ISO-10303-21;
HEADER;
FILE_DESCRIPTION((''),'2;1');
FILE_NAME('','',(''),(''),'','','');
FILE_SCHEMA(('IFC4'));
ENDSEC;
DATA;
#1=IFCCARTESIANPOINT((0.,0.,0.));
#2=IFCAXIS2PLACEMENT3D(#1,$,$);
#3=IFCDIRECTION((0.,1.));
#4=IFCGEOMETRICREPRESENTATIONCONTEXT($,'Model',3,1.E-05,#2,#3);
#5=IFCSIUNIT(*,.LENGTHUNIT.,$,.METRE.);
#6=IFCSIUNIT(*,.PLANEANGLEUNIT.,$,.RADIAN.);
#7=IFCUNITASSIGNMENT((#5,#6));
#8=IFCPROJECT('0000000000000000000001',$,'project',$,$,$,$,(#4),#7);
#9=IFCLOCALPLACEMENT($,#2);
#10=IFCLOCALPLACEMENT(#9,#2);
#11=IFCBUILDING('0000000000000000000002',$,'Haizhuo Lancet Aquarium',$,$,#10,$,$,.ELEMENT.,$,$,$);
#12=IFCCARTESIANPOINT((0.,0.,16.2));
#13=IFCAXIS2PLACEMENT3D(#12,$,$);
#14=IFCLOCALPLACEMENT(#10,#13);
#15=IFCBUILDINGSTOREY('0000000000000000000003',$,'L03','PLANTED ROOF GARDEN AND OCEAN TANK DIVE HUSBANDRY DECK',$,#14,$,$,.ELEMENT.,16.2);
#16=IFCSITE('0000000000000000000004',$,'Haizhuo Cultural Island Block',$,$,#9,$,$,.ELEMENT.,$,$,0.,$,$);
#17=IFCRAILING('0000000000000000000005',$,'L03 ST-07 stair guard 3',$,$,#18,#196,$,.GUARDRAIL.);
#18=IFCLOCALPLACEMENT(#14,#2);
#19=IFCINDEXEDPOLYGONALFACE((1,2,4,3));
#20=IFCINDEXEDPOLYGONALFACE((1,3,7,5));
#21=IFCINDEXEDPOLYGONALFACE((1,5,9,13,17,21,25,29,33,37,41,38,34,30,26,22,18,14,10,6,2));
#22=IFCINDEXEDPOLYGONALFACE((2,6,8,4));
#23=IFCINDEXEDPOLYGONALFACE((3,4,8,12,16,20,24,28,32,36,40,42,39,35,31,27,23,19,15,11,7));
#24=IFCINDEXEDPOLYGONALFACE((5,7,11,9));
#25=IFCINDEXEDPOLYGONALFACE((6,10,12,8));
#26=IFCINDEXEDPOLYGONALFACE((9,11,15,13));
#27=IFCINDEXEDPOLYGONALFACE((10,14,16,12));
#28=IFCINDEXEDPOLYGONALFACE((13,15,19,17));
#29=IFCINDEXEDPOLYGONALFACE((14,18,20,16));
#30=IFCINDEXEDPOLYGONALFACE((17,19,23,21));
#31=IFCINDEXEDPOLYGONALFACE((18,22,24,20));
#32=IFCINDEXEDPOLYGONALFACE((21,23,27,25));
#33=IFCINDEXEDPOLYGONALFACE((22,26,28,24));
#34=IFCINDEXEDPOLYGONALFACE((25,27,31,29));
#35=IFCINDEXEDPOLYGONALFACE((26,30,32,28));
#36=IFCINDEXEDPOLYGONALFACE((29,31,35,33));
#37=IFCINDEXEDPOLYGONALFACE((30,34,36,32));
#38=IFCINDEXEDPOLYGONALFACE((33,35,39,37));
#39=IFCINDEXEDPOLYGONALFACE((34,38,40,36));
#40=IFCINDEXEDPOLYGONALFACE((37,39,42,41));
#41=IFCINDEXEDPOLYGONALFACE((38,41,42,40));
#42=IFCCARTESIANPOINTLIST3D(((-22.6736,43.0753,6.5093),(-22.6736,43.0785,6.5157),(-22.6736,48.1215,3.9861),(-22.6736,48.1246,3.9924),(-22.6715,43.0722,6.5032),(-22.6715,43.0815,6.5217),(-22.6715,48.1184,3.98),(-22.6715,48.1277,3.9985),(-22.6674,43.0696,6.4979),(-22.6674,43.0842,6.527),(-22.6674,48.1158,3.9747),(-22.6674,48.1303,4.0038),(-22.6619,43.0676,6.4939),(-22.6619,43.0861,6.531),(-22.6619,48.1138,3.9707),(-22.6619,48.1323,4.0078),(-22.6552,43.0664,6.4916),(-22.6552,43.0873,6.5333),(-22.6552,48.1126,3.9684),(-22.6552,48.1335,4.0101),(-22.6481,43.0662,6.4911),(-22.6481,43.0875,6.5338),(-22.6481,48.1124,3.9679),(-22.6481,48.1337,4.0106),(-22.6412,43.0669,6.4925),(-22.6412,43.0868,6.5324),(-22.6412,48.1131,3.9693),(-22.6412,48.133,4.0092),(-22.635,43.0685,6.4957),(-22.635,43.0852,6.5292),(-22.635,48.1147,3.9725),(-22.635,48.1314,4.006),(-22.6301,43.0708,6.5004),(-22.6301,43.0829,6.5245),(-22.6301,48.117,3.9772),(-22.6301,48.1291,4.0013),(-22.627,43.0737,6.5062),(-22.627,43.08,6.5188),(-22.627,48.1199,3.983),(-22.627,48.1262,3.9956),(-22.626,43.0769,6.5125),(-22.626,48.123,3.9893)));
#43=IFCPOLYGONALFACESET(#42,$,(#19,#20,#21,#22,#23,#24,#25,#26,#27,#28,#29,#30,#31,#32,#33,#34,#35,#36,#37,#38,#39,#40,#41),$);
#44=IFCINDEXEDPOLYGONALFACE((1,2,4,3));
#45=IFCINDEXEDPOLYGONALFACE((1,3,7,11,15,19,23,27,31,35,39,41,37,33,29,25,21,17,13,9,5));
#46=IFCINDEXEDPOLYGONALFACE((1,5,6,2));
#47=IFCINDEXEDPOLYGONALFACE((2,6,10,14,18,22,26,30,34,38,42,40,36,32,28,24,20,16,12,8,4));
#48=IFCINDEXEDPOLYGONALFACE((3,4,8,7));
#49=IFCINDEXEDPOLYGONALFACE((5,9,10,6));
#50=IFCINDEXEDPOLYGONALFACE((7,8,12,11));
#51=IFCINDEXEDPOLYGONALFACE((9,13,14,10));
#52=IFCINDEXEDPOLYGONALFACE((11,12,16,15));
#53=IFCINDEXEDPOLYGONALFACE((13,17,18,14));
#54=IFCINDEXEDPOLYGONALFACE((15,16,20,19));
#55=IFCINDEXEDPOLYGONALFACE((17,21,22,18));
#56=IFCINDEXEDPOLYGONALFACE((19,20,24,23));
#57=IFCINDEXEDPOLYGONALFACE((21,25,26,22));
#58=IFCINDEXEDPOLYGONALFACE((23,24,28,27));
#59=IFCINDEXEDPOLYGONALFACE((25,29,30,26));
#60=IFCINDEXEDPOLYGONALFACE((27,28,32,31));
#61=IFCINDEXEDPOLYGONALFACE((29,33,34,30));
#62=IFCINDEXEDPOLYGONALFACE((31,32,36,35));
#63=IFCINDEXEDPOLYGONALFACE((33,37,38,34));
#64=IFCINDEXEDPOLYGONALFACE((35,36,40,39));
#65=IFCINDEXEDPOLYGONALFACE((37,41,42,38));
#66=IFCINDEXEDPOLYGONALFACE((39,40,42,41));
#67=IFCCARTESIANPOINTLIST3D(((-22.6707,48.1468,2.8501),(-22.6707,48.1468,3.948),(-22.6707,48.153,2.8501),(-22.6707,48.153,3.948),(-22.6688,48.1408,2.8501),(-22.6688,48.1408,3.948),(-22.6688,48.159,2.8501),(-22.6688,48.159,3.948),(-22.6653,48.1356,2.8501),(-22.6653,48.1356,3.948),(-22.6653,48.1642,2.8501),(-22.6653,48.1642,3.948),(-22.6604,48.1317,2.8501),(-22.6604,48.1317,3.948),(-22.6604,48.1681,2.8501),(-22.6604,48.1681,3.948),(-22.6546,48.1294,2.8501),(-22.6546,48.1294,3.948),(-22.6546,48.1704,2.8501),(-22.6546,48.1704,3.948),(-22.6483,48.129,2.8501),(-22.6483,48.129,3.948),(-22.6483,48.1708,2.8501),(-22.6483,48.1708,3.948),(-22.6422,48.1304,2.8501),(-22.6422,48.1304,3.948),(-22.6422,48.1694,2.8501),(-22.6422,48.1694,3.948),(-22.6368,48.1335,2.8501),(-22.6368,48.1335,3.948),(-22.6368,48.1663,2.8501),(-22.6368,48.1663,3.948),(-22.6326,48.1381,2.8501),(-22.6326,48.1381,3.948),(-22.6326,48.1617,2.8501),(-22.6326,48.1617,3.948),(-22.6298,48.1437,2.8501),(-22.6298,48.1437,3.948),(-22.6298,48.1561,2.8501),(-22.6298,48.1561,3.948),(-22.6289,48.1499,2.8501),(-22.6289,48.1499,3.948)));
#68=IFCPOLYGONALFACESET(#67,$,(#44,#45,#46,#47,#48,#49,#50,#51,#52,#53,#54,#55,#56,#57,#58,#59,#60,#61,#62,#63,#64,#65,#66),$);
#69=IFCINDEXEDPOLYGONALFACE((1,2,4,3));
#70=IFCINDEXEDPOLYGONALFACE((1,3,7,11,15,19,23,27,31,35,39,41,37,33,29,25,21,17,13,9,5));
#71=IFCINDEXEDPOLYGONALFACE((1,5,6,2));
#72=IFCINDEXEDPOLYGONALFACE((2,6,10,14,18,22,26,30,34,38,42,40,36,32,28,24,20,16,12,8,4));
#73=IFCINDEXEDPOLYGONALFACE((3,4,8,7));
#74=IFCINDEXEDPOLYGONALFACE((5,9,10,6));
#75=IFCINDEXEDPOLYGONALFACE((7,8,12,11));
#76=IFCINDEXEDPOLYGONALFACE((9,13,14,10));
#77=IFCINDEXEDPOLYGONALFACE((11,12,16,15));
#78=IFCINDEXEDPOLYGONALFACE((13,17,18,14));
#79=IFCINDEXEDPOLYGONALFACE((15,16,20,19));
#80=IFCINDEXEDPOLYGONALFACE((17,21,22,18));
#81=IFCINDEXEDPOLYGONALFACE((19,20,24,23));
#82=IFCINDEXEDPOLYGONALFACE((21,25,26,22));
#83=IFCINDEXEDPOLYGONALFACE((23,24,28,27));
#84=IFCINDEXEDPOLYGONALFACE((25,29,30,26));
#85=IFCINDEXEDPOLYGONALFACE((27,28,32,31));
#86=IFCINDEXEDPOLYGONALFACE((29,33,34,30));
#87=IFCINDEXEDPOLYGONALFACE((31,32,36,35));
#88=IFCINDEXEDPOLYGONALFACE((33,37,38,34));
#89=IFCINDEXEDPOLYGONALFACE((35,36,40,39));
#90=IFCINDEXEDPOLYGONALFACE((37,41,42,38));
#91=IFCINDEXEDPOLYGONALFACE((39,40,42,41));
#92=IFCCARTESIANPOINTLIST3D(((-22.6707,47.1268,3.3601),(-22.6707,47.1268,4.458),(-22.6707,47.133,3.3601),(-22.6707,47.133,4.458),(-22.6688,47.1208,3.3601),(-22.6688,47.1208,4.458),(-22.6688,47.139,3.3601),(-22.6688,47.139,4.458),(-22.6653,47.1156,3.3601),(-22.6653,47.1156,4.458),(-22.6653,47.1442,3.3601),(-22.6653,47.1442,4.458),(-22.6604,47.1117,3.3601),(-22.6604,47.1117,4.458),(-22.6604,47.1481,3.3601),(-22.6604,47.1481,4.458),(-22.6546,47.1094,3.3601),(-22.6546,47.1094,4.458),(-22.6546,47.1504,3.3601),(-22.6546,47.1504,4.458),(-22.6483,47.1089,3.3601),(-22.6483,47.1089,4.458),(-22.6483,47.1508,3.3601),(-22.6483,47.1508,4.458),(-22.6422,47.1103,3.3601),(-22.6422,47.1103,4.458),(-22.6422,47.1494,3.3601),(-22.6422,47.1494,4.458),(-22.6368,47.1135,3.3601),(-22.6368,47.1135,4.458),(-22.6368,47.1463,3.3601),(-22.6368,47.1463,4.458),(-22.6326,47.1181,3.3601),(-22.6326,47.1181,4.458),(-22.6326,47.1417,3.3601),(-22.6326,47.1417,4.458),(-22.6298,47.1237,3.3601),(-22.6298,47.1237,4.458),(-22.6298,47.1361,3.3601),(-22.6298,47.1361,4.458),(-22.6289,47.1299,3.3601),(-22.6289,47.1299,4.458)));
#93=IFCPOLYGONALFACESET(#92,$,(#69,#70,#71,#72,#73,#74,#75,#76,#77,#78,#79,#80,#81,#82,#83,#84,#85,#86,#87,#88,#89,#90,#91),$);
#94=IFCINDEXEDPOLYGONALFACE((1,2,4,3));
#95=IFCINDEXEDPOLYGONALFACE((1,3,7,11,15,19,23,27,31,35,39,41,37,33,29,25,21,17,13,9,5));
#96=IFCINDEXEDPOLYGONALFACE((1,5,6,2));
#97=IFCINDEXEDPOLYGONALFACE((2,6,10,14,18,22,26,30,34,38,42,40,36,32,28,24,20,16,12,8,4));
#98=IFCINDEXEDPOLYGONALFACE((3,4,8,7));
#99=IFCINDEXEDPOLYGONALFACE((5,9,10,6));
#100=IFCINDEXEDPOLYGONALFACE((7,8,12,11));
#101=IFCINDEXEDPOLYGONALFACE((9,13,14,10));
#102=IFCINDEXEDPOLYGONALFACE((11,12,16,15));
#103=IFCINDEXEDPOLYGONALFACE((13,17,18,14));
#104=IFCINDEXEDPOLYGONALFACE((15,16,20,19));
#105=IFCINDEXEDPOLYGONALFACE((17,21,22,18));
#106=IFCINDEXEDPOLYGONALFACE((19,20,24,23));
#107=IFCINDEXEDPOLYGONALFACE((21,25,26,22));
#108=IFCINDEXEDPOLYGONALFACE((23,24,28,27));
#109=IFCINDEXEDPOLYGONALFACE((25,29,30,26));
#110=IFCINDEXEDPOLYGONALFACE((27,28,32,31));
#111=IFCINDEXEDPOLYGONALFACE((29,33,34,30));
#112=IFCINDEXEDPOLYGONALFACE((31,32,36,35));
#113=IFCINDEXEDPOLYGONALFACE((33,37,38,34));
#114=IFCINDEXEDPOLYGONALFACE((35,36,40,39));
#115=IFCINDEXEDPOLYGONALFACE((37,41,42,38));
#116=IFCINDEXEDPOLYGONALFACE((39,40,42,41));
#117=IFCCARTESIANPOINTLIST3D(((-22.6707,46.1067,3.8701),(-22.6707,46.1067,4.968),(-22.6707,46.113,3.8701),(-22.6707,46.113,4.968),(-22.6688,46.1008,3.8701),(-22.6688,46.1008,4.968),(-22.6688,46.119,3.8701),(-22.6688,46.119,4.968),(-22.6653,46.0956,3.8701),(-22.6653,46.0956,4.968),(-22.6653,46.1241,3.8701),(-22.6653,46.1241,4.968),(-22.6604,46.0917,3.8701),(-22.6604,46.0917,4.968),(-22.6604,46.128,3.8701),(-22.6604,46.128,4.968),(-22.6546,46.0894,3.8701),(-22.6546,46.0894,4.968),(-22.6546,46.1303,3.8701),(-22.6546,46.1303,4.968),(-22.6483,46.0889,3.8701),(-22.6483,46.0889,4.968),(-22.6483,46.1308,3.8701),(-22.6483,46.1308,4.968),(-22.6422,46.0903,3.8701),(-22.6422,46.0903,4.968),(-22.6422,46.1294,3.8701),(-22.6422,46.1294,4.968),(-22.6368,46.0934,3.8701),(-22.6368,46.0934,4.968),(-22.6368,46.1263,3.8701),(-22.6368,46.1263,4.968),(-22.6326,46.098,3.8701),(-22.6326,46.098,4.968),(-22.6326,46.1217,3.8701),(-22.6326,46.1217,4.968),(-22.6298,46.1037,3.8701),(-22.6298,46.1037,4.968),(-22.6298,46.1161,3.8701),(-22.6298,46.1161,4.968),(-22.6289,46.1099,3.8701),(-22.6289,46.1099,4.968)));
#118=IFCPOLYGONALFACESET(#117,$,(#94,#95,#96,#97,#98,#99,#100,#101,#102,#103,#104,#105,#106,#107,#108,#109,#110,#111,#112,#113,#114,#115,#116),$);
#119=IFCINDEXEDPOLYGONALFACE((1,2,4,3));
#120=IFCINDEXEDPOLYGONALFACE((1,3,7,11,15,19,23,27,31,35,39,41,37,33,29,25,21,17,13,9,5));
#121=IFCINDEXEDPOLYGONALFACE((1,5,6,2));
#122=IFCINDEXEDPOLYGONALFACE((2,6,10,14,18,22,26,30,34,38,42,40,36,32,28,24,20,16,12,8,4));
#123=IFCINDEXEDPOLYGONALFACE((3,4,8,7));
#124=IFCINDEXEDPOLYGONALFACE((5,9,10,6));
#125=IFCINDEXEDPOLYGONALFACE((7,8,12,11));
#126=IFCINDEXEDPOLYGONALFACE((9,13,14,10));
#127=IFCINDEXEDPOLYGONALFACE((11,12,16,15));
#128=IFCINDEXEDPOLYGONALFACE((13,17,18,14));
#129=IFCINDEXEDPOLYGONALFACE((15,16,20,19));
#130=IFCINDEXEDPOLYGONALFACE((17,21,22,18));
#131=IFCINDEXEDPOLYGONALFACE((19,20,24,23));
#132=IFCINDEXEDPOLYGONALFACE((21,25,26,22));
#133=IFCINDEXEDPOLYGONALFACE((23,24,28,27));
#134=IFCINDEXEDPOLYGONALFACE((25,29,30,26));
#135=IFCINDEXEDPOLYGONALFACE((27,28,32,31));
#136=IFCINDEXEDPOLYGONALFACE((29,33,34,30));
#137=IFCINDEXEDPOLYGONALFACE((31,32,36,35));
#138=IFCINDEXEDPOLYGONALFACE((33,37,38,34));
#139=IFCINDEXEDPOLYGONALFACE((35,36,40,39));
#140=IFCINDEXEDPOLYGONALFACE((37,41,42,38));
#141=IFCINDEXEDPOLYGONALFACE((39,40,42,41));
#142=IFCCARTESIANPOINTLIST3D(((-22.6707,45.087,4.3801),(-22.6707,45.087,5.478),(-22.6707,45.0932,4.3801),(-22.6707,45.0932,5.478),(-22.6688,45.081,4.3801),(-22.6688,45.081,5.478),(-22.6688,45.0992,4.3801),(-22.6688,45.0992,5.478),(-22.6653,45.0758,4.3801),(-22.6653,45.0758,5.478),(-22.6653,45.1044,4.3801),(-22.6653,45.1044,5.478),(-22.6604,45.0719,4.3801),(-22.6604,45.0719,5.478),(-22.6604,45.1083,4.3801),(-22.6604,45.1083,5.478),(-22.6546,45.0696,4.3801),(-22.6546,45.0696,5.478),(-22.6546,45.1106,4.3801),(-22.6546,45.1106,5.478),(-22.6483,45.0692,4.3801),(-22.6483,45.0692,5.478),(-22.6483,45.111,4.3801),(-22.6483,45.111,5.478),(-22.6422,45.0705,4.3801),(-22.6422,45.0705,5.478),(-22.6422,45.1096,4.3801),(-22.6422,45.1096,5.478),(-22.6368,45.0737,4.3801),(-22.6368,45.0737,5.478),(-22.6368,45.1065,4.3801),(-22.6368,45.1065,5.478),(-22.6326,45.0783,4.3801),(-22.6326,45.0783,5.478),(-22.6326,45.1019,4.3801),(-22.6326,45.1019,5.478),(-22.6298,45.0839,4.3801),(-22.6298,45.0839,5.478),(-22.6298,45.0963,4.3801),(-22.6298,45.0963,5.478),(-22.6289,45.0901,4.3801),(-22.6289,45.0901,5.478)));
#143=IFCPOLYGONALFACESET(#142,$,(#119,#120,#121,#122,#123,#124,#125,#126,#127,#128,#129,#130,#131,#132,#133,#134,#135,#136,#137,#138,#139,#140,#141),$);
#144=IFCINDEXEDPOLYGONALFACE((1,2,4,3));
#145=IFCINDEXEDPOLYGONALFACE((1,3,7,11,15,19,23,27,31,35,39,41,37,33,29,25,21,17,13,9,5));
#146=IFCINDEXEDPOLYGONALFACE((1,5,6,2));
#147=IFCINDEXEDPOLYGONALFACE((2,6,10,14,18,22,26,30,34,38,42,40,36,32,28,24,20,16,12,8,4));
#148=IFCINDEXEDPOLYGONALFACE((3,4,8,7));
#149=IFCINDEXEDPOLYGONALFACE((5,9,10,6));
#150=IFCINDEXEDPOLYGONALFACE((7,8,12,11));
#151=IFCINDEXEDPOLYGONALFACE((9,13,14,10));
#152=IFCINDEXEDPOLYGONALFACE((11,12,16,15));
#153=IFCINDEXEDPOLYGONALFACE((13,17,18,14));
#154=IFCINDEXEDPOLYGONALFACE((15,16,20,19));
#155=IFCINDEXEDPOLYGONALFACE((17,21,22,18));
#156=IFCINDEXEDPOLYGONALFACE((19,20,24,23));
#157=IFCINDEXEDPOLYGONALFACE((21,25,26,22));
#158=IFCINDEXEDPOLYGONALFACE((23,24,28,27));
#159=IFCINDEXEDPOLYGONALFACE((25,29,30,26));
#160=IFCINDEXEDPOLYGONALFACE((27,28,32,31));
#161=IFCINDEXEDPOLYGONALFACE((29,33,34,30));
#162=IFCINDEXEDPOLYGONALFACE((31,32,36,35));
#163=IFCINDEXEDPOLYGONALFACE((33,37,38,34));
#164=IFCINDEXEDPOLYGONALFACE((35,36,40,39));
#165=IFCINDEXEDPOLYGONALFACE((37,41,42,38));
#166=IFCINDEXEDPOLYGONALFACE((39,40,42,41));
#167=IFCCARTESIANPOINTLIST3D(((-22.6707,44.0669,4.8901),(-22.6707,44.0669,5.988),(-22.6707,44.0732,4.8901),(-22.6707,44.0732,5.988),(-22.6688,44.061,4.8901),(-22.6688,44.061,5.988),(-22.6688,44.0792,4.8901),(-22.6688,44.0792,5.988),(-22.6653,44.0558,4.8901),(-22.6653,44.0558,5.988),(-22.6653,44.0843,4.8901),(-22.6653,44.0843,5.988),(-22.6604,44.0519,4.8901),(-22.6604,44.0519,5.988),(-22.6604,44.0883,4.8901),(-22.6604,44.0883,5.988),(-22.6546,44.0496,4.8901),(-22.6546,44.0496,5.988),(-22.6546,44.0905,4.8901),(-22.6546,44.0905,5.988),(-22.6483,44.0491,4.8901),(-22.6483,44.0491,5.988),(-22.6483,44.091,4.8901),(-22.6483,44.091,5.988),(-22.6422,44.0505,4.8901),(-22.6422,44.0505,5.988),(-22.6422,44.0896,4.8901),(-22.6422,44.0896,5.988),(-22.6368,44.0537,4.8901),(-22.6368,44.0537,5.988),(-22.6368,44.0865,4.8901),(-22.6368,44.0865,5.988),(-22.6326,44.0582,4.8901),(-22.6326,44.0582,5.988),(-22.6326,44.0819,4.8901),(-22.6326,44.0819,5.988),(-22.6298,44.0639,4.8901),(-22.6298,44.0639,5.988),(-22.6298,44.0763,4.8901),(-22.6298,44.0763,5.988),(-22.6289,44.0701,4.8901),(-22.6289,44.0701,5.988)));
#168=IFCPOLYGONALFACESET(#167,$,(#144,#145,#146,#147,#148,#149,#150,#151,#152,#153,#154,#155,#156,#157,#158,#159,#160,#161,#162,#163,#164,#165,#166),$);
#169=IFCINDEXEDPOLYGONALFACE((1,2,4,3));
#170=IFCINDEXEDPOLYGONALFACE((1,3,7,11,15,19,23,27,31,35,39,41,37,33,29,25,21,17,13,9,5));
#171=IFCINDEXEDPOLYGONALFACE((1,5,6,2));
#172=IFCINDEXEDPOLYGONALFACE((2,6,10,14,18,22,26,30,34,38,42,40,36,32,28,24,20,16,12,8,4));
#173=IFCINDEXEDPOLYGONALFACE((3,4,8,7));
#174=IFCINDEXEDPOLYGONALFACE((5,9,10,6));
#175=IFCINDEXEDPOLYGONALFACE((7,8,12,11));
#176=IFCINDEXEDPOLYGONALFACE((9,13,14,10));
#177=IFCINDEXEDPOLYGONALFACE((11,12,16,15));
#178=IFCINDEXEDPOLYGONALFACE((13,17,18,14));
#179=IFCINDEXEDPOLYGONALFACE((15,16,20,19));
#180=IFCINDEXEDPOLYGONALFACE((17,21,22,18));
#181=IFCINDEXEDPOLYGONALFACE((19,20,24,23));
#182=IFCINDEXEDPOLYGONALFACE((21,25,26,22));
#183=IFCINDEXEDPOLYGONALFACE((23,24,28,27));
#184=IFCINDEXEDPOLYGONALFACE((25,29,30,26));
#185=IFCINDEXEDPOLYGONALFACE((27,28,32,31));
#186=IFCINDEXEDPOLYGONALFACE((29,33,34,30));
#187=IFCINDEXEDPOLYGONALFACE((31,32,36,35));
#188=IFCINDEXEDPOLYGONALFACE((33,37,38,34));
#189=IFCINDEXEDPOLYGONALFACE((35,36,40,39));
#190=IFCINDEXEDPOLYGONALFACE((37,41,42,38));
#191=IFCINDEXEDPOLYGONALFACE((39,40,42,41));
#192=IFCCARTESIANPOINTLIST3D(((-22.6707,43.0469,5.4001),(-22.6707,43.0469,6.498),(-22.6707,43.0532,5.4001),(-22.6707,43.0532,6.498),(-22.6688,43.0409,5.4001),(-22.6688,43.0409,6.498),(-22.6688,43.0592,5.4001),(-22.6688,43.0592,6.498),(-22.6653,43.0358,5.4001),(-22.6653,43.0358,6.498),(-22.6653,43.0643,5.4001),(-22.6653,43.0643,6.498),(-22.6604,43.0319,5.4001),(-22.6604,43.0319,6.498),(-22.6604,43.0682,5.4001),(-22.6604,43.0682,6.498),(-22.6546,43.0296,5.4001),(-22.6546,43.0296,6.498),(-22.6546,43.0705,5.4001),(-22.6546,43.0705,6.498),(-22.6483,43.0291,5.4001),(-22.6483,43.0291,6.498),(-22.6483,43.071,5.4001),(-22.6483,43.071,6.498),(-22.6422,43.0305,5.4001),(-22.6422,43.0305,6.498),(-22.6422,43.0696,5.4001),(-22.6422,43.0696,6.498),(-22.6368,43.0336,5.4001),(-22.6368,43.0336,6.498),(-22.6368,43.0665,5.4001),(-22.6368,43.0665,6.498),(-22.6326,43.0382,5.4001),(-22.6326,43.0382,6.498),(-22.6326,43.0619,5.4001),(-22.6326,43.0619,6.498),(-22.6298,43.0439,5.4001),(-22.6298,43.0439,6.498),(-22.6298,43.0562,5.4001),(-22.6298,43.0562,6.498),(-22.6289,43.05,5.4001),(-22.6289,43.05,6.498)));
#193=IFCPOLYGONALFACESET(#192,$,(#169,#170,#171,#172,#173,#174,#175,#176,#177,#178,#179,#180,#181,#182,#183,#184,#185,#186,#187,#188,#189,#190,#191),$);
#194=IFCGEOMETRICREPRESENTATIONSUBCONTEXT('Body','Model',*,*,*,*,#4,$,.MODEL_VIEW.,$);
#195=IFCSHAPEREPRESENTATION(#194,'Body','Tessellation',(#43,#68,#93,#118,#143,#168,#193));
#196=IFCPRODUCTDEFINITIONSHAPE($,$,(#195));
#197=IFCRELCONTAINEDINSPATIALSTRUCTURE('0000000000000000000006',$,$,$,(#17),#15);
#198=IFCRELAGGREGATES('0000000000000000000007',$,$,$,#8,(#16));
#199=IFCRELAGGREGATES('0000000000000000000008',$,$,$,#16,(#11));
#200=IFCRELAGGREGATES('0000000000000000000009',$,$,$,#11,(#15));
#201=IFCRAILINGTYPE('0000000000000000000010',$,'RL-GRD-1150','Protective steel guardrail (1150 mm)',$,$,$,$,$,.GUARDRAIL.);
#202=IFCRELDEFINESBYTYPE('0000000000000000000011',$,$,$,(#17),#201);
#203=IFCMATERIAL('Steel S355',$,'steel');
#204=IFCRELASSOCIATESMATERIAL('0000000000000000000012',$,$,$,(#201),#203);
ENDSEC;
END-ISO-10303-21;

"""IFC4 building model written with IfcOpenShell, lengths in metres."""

from ifc_helpers import new_model, si_unit, direction, frame, origin, origin_2d, place, context, subcontext, project, spatial, circle, extrude, material, type_object, element, save


model = new_model("IFC4")

# Units and contexts
model_context = context("Model", 3, precision=1e-05, world=origin(), true_north=direction((0.0, 1.0)))
body_context = subcontext(model_context, "Body", "Model", "MODEL_VIEW")
ifc_project = project(units=[si_unit("LENGTHUNIT", "METRE"), si_unit("PLANEANGLEUNIT", "RADIAN")], contexts=[model_context])

# Site, building, storey
site_placement = place(None, origin())
site = spatial("IfcSite", under=ifc_project, at=site_placement, Name="Haizhuo Cultural Island Block", CompositionType="ELEMENT", RefElevation=0.0)
building_placement = place(site_placement, origin())
building = spatial("IfcBuilding", under=site, at=building_placement, Name="Haizhuo Lancet Aquarium", CompositionType="ELEMENT")
storey_placement = place(building_placement, frame((0.0, 0.0, 16.2)))
storey = spatial("IfcBuildingStorey", under=building, at=storey_placement, Name="L03", Description="PLANTED ROOF GARDEN AND OCEAN TANK DIVE HUSBANDRY DECK", CompositionType="ELEMENT", Elevation=16.2)

# Shared definitions
ifc_material_1 = material(Name="Steel S355", Category="steel")

# Railing
railing_type_1 = type_object("IfcRailingType", Name="RL-GRD-1150", Description="Protective steel guardrail (1150 mm)", PredefinedType="GUARDRAIL", material=ifc_material_1)
railing_1_placement = place(storey_placement, frame((-22.6499, 48.1499, 2.8501)))
element("IfcRailing", 1, at=railing_1_placement, inside=storey, type_object=railing_type_1, Name="L03 ST-07 stair guard 3", PredefinedType="GUARDRAIL", context=body_context, shape_type="SweptSolid", body=[
    extrude(circle(Radius=0.0239, at=origin_2d()), frame((0.0, -0.0269, 1.1392), z_axis=(0.0, -0.894419, 0.447231), x_axis=(1.0, 0.0, 0.0)), (0.0, 0.0, 1.0), 5.6418),
    extrude(circle(Radius=0.021, at=origin_2d()), origin(), (0.0, 0.0, 1.0), 1.0979),
    extrude(circle(Radius=0.021, at=origin_2d()), frame((0.0, -1.02, 0.51)), (0.0, 0.0, 1.0), 1.0979),
    extrude(circle(Radius=0.021, at=origin_2d()), frame((0.0, -2.04, 1.02)), (0.0, 0.0, 1.0), 1.0979),
    extrude(circle(Radius=0.021, at=origin_2d()), frame((0.0, -3.0598, 1.53)), (0.0, 0.0, 1.0), 1.0979),
    extrude(circle(Radius=0.021, at=origin_2d()), frame((0.0, -4.0798, 2.04)), (0.0, 0.0, 1.0), 1.0979),
    extrude(circle(Radius=0.021, at=origin_2d()), frame((0.0, -5.0999, 2.55)), (0.0, 0.0, 1.0), 1.0979),
])

save(model, "model.ifc")
